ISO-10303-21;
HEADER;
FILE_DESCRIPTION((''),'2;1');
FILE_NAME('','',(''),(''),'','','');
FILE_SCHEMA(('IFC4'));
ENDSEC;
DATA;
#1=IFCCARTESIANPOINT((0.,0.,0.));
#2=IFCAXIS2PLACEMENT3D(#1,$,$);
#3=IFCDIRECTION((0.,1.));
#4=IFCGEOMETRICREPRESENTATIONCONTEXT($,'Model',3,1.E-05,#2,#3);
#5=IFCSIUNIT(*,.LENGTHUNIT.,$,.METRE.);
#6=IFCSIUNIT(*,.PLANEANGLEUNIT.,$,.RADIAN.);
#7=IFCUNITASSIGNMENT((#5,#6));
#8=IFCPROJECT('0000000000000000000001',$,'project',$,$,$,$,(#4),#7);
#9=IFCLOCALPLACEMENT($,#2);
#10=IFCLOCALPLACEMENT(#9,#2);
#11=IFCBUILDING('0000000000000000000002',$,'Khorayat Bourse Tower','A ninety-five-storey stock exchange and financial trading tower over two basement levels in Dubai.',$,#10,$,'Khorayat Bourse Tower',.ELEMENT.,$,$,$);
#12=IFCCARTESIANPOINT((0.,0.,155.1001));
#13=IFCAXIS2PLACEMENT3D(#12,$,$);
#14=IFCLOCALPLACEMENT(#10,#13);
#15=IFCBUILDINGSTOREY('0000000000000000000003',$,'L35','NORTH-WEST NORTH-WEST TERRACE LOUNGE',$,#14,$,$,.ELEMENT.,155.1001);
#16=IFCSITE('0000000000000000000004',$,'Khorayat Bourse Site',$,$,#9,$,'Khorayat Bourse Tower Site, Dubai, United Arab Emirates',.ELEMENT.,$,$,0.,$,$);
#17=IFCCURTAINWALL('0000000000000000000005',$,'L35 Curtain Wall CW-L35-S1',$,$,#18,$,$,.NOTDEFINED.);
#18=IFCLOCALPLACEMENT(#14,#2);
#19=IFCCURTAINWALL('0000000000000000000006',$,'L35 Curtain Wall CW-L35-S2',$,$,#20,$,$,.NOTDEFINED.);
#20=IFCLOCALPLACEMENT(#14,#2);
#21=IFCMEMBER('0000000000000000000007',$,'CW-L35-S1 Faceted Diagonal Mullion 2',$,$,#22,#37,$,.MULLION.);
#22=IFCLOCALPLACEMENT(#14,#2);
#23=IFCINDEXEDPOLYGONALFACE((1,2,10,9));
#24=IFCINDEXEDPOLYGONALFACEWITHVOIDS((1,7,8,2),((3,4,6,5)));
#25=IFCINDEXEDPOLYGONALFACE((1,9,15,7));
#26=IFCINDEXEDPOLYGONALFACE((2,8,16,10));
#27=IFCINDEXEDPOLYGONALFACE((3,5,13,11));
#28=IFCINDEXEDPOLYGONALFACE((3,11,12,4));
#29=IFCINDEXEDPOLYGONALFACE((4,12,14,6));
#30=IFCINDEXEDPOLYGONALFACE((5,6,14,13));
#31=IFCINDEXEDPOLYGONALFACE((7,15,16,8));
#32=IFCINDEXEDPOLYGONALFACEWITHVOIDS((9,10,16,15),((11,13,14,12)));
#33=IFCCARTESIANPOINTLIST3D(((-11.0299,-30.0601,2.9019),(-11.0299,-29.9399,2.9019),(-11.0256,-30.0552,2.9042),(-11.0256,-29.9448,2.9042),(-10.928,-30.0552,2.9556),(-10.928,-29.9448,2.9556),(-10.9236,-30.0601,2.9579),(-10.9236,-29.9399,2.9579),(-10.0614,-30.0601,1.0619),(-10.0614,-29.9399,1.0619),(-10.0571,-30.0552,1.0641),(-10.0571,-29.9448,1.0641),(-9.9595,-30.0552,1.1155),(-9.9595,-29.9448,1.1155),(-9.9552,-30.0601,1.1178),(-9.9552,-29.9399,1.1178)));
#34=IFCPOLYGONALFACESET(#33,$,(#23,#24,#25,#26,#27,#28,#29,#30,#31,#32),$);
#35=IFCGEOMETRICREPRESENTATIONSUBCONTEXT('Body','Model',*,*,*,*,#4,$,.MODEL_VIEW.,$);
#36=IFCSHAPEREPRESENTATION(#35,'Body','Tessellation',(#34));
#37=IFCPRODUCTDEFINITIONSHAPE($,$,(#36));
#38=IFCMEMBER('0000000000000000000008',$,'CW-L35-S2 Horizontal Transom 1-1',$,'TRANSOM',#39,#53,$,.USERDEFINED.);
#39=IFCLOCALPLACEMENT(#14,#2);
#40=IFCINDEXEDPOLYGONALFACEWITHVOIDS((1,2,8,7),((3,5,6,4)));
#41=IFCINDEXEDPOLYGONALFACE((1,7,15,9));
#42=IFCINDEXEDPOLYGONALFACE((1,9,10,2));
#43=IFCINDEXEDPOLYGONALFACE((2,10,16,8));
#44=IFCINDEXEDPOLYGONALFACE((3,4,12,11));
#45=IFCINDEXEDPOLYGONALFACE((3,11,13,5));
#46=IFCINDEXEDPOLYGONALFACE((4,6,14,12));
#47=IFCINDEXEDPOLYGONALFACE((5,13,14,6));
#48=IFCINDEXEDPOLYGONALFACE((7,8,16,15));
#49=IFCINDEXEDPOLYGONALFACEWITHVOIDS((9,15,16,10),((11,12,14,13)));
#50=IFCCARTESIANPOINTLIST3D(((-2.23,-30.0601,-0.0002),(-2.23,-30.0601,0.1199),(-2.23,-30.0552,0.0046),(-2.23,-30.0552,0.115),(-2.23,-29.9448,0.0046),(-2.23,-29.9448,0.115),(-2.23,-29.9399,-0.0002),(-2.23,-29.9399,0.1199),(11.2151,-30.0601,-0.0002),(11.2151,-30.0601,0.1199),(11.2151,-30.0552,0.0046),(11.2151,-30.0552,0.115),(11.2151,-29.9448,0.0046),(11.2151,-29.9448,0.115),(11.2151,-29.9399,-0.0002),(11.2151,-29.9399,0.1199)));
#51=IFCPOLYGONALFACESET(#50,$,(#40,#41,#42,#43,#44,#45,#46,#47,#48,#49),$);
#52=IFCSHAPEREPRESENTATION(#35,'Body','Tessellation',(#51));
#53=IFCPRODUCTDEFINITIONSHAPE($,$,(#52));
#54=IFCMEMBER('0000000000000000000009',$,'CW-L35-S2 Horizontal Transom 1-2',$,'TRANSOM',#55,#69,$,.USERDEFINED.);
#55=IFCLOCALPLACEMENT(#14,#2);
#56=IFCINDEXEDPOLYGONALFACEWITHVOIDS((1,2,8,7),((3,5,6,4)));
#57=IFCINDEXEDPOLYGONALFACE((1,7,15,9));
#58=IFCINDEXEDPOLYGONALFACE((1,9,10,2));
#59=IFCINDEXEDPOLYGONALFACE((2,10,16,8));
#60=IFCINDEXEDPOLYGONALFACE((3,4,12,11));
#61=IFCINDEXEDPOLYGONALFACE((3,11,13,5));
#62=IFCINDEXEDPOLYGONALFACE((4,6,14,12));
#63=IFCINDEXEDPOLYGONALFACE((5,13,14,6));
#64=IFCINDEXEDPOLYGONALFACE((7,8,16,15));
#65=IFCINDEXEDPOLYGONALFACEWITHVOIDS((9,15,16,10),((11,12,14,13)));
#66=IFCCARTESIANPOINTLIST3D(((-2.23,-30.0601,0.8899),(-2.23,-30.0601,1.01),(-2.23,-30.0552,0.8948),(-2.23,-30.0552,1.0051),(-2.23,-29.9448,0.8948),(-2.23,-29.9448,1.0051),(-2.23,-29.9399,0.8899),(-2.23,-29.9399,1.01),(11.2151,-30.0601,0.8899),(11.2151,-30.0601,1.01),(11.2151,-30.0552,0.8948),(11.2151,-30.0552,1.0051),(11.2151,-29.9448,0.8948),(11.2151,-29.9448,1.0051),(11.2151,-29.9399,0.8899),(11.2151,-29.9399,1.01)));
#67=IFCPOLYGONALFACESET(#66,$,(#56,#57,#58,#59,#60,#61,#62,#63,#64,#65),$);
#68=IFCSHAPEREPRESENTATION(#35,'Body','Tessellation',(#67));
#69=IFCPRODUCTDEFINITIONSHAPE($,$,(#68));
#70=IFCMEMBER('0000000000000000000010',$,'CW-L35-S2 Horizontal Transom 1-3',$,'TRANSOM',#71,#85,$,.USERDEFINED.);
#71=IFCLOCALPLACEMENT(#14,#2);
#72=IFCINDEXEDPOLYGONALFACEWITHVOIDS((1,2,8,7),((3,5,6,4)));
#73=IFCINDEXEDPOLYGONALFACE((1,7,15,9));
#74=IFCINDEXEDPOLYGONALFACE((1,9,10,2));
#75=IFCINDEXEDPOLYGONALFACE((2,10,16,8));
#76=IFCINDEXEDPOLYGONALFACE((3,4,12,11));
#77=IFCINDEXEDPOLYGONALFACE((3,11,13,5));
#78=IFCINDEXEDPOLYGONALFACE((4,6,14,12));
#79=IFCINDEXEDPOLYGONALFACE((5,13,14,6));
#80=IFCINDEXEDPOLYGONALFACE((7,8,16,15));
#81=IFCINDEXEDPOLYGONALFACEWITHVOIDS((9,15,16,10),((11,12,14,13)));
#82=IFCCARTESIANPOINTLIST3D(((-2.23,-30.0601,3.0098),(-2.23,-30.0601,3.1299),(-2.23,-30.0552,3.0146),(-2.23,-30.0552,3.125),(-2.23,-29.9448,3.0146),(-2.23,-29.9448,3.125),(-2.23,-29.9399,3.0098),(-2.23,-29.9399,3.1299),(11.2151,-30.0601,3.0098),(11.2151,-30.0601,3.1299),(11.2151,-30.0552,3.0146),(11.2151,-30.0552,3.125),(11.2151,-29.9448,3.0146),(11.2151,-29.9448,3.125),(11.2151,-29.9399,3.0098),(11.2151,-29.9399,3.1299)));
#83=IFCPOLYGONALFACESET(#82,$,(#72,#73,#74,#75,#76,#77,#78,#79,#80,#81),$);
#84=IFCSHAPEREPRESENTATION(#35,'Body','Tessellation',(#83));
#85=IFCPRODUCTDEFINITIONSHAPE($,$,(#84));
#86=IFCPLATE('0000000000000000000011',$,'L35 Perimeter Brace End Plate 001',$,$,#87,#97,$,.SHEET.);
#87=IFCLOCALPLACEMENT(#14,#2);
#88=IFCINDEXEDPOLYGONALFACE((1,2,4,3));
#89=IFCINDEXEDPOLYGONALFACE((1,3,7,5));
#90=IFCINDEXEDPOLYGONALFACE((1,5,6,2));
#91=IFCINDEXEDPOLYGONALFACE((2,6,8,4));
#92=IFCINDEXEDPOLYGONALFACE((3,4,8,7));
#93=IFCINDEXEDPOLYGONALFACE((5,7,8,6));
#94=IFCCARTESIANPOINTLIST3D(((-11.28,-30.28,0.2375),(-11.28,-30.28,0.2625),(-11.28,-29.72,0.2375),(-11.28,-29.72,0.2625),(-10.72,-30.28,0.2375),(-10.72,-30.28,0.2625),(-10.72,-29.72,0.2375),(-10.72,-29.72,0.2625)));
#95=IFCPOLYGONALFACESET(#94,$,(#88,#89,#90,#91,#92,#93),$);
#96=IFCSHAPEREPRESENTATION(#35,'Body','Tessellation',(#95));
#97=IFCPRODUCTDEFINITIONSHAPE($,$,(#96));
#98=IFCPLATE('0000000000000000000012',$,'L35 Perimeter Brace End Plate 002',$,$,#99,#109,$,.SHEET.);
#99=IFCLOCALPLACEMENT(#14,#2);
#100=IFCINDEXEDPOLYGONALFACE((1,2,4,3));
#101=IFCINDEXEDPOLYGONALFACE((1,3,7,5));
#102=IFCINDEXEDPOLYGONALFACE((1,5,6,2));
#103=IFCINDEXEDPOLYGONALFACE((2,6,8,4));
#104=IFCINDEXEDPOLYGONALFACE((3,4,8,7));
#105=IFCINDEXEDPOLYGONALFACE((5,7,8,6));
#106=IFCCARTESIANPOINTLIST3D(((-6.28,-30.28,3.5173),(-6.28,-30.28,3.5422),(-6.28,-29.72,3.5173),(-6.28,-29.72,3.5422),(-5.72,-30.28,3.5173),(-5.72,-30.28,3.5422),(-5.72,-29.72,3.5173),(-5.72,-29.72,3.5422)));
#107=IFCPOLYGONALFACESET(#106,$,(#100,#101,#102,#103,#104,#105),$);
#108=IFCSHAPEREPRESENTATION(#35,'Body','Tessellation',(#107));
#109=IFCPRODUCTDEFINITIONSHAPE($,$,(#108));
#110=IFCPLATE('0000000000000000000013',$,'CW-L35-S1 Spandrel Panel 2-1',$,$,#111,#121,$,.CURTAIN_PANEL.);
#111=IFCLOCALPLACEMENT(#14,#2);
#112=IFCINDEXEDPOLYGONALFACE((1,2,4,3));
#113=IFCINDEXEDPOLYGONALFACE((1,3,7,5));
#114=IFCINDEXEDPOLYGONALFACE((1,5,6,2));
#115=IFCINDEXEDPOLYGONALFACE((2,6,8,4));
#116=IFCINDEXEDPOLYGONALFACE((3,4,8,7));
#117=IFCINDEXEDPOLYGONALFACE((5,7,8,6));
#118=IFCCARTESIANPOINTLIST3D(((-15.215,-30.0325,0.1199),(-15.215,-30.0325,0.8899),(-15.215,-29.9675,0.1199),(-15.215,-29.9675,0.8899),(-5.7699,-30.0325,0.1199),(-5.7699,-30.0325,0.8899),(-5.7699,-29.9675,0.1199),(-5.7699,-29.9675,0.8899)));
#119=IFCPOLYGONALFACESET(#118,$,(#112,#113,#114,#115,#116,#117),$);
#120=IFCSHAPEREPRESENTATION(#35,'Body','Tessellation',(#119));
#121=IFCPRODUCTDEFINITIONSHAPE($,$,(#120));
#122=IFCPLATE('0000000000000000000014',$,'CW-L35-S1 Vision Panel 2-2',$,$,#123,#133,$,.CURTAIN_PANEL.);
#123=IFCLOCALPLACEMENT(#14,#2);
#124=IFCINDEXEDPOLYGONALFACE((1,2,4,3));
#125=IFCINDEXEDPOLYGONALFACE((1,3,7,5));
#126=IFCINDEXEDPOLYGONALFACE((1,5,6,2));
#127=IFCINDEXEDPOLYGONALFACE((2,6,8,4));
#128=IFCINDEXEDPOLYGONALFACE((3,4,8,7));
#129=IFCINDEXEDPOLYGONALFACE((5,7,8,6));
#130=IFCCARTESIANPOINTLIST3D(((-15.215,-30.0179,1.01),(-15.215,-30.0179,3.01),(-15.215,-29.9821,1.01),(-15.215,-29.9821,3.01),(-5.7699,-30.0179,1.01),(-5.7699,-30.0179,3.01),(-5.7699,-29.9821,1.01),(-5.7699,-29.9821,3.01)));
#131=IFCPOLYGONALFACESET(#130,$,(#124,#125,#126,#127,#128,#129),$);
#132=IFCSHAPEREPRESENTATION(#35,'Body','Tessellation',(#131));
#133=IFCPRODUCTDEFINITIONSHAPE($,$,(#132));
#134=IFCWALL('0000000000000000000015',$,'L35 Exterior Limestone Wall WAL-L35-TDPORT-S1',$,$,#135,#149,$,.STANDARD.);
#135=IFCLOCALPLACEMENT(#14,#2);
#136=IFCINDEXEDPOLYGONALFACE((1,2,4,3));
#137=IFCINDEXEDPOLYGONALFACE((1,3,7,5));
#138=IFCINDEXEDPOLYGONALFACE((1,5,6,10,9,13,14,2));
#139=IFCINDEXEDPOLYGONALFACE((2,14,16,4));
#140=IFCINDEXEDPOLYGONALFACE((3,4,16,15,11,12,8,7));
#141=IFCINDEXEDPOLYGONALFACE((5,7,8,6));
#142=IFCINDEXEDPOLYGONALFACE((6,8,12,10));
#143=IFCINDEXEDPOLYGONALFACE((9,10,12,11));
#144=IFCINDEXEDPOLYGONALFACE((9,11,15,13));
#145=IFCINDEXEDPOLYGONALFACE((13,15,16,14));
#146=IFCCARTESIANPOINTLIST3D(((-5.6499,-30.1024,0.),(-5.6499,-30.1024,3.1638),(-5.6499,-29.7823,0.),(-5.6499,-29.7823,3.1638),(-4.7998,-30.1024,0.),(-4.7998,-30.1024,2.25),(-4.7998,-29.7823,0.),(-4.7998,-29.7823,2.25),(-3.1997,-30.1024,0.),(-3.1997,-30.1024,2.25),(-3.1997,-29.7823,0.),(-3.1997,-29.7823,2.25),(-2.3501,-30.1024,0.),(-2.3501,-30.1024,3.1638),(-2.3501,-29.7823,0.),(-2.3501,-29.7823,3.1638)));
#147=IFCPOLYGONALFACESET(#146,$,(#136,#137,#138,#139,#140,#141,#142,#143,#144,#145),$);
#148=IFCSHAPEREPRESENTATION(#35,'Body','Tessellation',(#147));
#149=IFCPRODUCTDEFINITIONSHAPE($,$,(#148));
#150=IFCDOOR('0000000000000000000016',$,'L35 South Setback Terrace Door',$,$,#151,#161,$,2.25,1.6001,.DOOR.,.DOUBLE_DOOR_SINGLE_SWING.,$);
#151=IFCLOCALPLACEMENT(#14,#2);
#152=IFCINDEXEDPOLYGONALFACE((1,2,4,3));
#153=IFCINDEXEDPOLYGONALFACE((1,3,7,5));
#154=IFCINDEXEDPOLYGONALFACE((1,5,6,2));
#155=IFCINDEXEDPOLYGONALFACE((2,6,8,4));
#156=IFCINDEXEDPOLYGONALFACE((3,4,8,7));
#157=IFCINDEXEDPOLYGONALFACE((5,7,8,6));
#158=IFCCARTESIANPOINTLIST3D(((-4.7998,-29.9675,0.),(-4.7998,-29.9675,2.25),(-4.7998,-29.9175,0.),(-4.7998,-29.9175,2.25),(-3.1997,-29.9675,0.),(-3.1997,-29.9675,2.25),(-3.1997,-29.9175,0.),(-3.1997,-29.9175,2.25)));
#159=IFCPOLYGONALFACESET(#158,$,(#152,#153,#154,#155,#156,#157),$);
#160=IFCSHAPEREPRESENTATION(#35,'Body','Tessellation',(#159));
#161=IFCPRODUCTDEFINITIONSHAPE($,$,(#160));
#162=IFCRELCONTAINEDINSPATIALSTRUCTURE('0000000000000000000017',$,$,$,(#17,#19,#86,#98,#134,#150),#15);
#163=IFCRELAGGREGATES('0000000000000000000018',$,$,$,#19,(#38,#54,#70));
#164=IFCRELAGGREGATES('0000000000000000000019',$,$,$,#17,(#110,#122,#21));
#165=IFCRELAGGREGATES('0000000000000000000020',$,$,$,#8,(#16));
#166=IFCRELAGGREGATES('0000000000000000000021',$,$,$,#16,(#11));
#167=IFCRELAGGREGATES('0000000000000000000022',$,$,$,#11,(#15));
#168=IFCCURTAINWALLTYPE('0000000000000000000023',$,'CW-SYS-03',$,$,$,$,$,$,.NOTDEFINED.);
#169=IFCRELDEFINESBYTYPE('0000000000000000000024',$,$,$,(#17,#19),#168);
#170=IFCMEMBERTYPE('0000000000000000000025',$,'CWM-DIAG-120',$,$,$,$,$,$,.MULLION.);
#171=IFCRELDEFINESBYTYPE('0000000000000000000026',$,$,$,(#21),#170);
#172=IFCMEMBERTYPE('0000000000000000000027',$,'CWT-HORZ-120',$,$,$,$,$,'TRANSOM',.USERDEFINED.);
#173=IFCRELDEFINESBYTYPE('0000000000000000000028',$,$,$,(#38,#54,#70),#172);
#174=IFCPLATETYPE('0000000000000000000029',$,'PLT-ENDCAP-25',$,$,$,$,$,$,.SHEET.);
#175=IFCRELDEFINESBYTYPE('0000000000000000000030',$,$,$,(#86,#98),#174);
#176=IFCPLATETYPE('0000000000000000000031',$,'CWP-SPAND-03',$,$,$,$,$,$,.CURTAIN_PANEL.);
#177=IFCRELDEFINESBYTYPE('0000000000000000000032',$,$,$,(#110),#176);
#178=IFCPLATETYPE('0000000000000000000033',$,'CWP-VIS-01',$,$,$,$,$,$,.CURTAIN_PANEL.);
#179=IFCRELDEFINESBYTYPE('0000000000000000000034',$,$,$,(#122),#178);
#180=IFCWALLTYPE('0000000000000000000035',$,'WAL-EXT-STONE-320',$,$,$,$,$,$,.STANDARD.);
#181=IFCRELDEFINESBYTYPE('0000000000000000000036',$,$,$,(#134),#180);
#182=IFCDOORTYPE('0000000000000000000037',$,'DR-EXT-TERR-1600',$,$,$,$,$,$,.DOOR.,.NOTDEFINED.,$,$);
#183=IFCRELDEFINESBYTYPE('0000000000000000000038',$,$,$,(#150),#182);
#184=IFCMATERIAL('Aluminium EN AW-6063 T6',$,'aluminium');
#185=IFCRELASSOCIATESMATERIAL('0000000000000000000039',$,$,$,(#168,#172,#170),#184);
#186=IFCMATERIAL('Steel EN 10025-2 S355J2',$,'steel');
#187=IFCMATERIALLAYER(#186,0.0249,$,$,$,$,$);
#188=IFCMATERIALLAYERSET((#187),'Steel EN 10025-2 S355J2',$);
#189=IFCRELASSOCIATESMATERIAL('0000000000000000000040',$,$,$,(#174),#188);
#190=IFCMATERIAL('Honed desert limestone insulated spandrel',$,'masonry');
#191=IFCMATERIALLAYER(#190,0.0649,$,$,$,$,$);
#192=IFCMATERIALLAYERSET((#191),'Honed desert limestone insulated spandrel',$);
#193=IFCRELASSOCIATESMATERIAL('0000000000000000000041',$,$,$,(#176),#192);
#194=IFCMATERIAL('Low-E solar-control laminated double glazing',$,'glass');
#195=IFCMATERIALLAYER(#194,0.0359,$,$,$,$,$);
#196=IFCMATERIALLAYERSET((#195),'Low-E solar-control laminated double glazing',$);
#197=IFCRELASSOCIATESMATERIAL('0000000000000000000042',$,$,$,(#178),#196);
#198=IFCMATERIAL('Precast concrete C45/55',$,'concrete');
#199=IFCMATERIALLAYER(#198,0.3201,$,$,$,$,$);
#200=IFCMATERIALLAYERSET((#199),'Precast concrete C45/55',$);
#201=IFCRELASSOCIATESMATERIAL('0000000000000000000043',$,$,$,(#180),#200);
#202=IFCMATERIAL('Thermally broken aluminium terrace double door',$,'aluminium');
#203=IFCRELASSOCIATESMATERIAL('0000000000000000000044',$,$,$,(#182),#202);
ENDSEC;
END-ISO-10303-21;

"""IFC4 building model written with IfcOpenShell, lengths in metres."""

from ifc_helpers import new_model, si_unit, direction, frame, frame_2d, origin, origin_2d, place, context, subcontext, project, spatial, rectangle, hollow_rectangle, extrude, source, transform, mapped, material, layer, layer_set, material_profile, profile_set, type_object, element, fill, aggregate, save


model = new_model("IFC4")

# Units and contexts
model_context = context("Model", 3, precision=1e-05, world=origin(), true_north=direction((0.0, 1.0)))
body_context = subcontext(model_context, "Body", "Model", "MODEL_VIEW")
ifc_project = project(units=[si_unit("LENGTHUNIT", "METRE"), si_unit("PLANEANGLEUNIT", "RADIAN")], contexts=[model_context])

# Site, building, storey
site_placement = place(None, origin())
site = spatial("IfcSite", under=ifc_project, at=site_placement, Name="Khorayat Bourse Site", LongName="Khorayat Bourse Tower Site, Dubai, United Arab Emirates", CompositionType="ELEMENT", RefElevation=0.0)
building_placement = place(site_placement, origin())
building = spatial("IfcBuilding", under=site, at=building_placement, Name="Khorayat Bourse Tower", Description="A ninety-five-storey stock exchange and financial trading tower over two basement levels in Dubai.", LongName="Khorayat Bourse Tower", CompositionType="ELEMENT")
storey_placement = place(building_placement, frame((0.0, 0.0, 155.1001)))
storey = spatial("IfcBuildingStorey", under=building, at=storey_placement, Name="L35", Description="NORTH-WEST NORTH-WEST TERRACE LOUNGE", CompositionType="ELEMENT", Elevation=155.1001)

# Curtain wall
ifc_material_1 = material(Name="Aluminium EN AW-6063 T6", Category="aluminium")
curtain_wall_type = type_object("IfcCurtainWallType", Name="CW-SYS-03", PredefinedType="NOTDEFINED", material=ifc_material_1)
curtain_wall_1_placement = place(storey_placement, origin())
curtain_wall_1 = element("IfcCurtainWall", 1, at=curtain_wall_1_placement, inside=storey, type_object=curtain_wall_type, Name="L35 Curtain Wall CW-L35-S1", PredefinedType="NOTDEFINED")

# Curtain wall
curtain_wall_2_placement = place(storey_placement, origin())
curtain_wall_2 = element("IfcCurtainWall", 2, at=curtain_wall_2_placement, inside=storey, type_object=curtain_wall_type, Name="L35 Curtain Wall CW-L35-S2", PredefinedType="NOTDEFINED")

# Members
ifc_material_profile_1 = material_profile(ifc_material_1, hollow_rectangle(XDim=0.1201, YDim=0.1201, WallThickness=0.0049, at=origin_2d()), Name="ALU 120x120x5")
ifc_profile_set_1 = profile_set([ifc_material_profile_1], Name="Aluminium EN AW-6063 T6")
member_type_1 = type_object("IfcMemberType", Name="CWT-HORZ-120", ElementType="TRANSOM", PredefinedType="USERDEFINED", material=ifc_profile_set_1)
ifc_material_profile_2 = material_profile(ifc_material_1, hollow_rectangle(XDim=0.1201, YDim=0.1201, WallThickness=0.0049, at=origin_2d()), Name="ALU 120x120x5")
ifc_profile_set_2 = profile_set([ifc_material_profile_2], Name="Aluminium EN AW-6063 T6")
member_type_2 = type_object("IfcMemberType", Name="CWM-DIAG-120", PredefinedType="MULLION", material=ifc_profile_set_2)
shared_shape_1 = source(origin(), body_context, "Body", "SweptSolid", [
    extrude(hollow_rectangle(XDim=0.1201, YDim=0.1201, WallThickness=0.0049, at=origin_2d()), origin(), (0.0, 0.0, 1.0), 2.0793),
])
member_1_placement = place(storey_placement, frame((-10.0083, -30.0, 1.0898), z_axis=(-0.465761, 0.0, 0.884911), x_axis=(0.0, -1.0, 0.0)))
member_1 = element("IfcMember", 3, at=member_1_placement, type_object=member_type_2, Name="CW-L35-S1 Faceted Diagonal Mullion 2", PredefinedType="MULLION", context=body_context, shape_type="MappedRepresentation", body=[
    mapped(shared_shape_1, transform((0.0, 0.0, 0.0), scale=1.0)),
])
shared_shape_2 = source(origin(), body_context, "Body", "SweptSolid", [
    extrude(hollow_rectangle(XDim=0.1201, YDim=0.1201, WallThickness=0.0049, at=origin_2d()), origin(), (0.0, 0.0, 1.0), 13.4451),
])
member_2_placement = place(storey_placement, frame((-2.23, -30.0, 0.0598), z_axis=(1.0, 0.0, 0.0), x_axis=(0.0, 1.0, 0.0)))
member_2 = element("IfcMember", 4, at=member_2_placement, type_object=member_type_1, Name="CW-L35-S2 Horizontal Transom 1-1", ObjectType="TRANSOM", PredefinedType="USERDEFINED", context=body_context, shape_type="MappedRepresentation", body=[
    mapped(shared_shape_2, transform((0.0, 0.0, 0.0), scale=1.0)),
])
member_3_placement = place(storey_placement, frame((-2.23, -30.0, 0.95), z_axis=(1.0, 0.0, 0.0), x_axis=(0.0, 1.0, 0.0)))
member_3 = element("IfcMember", 5, at=member_3_placement, type_object=member_type_1, Name="CW-L35-S2 Horizontal Transom 1-2", ObjectType="TRANSOM", PredefinedType="USERDEFINED", context=body_context, shape_type="MappedRepresentation", body=[
    mapped(shared_shape_2, transform((0.0, 0.0, 0.0), scale=1.0)),
])
member_4_placement = place(storey_placement, frame((-2.23, -30.0, 3.0698), z_axis=(1.0, 0.0, 0.0), x_axis=(0.0, 1.0, 0.0)))
member_4 = element("IfcMember", 6, at=member_4_placement, type_object=member_type_1, Name="CW-L35-S2 Horizontal Transom 1-3", ObjectType="TRANSOM", PredefinedType="USERDEFINED", context=body_context, shape_type="MappedRepresentation", body=[
    mapped(shared_shape_2, transform((0.0, 0.0, 0.0), scale=1.0)),
])
aggregate(curtain_wall_2, [member_2, member_3, member_4])

# Plates
ifc_material_2 = material(Name="Steel EN 10025-2 S355J2", Category="steel")
ifc_layer_1 = layer(ifc_material_2, 0.0249)
ifc_layer_set_1 = layer_set([ifc_layer_1], Name="Steel EN 10025-2 S355J2")
plate_type_1 = type_object("IfcPlateType", Name="PLT-ENDCAP-25", PredefinedType="SHEET", material=ifc_layer_set_1)
shared_shape_3 = source(origin(), body_context, "Body", "SweptSolid", [
    extrude(rectangle(XDim=0.5601, YDim=0.5601, at=origin_2d()), origin(), (0.0, 0.0, 1.0), 0.0249),
])
for number, where, z_axis, x_axis, name in (
    (7, (-11.0, -30.0, 0.2375), (0.0, 0.0, 1.0), (1.0, 0.0, 0.0), "L35 Perimeter Brace End Plate 001"),
    (8, (-6.0, -30.0, 3.5173), (0.0, 0.0, 1.0), (1.0, 0.0, 0.0), "L35 Perimeter Brace End Plate 002"),
):
    element("IfcPlate", number, at=place(storey_placement, frame(where, z_axis=z_axis, x_axis=x_axis)), inside=storey, type_object=plate_type_1, Name=name, PredefinedType="SHEET", context=body_context, shape_type="MappedRepresentation", body=[
        mapped(shared_shape_3, transform((0.0, 0.0, 0.0), scale=1.0)),
    ])

# Plates
ifc_material_3 = material(Name="Honed desert limestone insulated spandrel", Category="masonry")
ifc_layer_2 = layer(ifc_material_3, 0.0649)
ifc_layer_set_2 = layer_set([ifc_layer_2], Name="Honed desert limestone insulated spandrel")
plate_type_2 = type_object("IfcPlateType", Name="CWP-SPAND-03", PredefinedType="CURTAIN_PANEL", material=ifc_layer_set_2)
shared_shape_4 = source(origin(), body_context, "Body", "SweptSolid", [
    extrude(rectangle(XDim=9.4451, YDim=0.0649, at=origin_2d()), origin(), (0.0, 0.0, 1.0), 0.77),
])
plate_1_placement = place(storey_placement, frame((-10.4924, -30.0, 0.1199), z_axis=(0.0, 0.0, 1.0), x_axis=(1.0, 0.0, 0.0)))
plate_1 = element("IfcPlate", 9, at=plate_1_placement, type_object=plate_type_2, Name="CW-L35-S1 Spandrel Panel 2-1", PredefinedType="CURTAIN_PANEL", context=body_context, shape_type="MappedRepresentation", body=[
    mapped(shared_shape_4, transform((0.0, 0.0, 0.0), scale=1.0)),
])
ifc_material_4 = material(Name="Low-E solar-control laminated double glazing", Category="glass")
ifc_layer_3 = layer(ifc_material_4, 0.0359)
ifc_layer_set_3 = layer_set([ifc_layer_3], Name="Low-E solar-control laminated double glazing")
plate_type_3 = type_object("IfcPlateType", Name="CWP-VIS-01", PredefinedType="CURTAIN_PANEL", material=ifc_layer_set_3)
shared_shape_5 = source(origin(), body_context, "Body", "SweptSolid", [
    extrude(rectangle(XDim=9.4451, YDim=0.0359, at=origin_2d()), origin(), (0.0, 0.0, 1.0), 2.0),
])
plate_2_placement = place(storey_placement, frame((-10.4924, -30.0, 1.01), z_axis=(0.0, 0.0, 1.0), x_axis=(1.0, 0.0, 0.0)))
plate_2 = element("IfcPlate", 10, at=plate_2_placement, type_object=plate_type_3, Name="CW-L35-S1 Vision Panel 2-2", PredefinedType="CURTAIN_PANEL", context=body_context, shape_type="MappedRepresentation", body=[
    mapped(shared_shape_5, transform((0.0, 0.0, 0.0), scale=1.0)),
])
aggregate(curtain_wall_1, [plate_1, plate_2, member_1])

# Wall, opening, door
ifc_material_5 = material(Name="Precast concrete C45/55", Category="concrete")
ifc_layer_4 = layer(ifc_material_5, 0.3201)
ifc_layer_set_4 = layer_set([ifc_layer_4], Name="Precast concrete C45/55")
wall_type_1 = type_object("IfcWallType", Name="WAL-EXT-STONE-320", PredefinedType="STANDARD", material=ifc_layer_set_4)
shared_shape_6 = source(origin(), body_context, "Body", "SweptSolid", [
    extrude(rectangle(XDim=3.2998, YDim=0.3201, at=frame_2d((1.6499, 0.0))), origin(), (0.0, 0.0, 1.0), 3.1638),
])
wall_1_placement = place(storey_placement, frame((-5.6499, -29.9424, 0.0), z_axis=(0.0, 0.0, 1.0), x_axis=(1.0, 0.0, 0.0)))
wall_1 = element("IfcWall", 11, at=wall_1_placement, inside=storey, type_object=wall_type_1, Name="L35 Exterior Limestone Wall WAL-L35-TDPORT-S1", PredefinedType="STANDARD", context=body_context, shape_type="MappedRepresentation", body=[
    mapped(shared_shape_6, transform((0.0, 0.0, 0.0), scale=1.0)),
])
shared_shape_7 = source(origin(), body_context, "Body", "SweptSolid", [
    extrude(rectangle(XDim=1.6001, YDim=2.25, at=frame_2d((0.8, 1.125))), frame((0.0, 0.1699, 0.0), z_axis=(0.0, -1.0, 0.0), x_axis=(1.0, 0.0, 0.0)), (0.0, 0.0, 1.0), 0.3401),
])
opening_1_placement = place(wall_1_placement, frame((0.8501, 0.0, 0.0)))
opening_1 = element("IfcOpeningElement", 12, at=opening_1_placement, cuts=wall_1, PredefinedType="OPENING", context=body_context, shape_type="MappedRepresentation", body=[
    mapped(shared_shape_7, transform((0.0, 0.0, 0.0), scale=1.0)),
])
ifc_material_6 = material(Name="Thermally broken aluminium terrace double door", Category="aluminium")
door_type_1 = type_object("IfcDoorType", Name="DR-EXT-TERR-1600", OperationType="NOTDEFINED", PredefinedType="DOOR", material=ifc_material_6)
shared_shape_8 = source(origin(), body_context, "Body", "SweptSolid", [
    extrude(rectangle(XDim=1.6001, YDim=2.25, at=frame_2d((0.8, 1.125))), frame((0.0, 0.0249, 0.0), z_axis=(0.0, -1.0, 0.0), x_axis=(1.0, 0.0, 0.0)), (0.0, 0.0, 1.0), 0.05),
])
door_1_placement = place(opening_1_placement, origin())
door_1 = element("IfcDoor", 13, at=door_1_placement, inside=storey, type_object=door_type_1, Name="L35 South Setback Terrace Door", OperationType="DOUBLE_DOOR_SINGLE_SWING", OverallHeight=2.25, OverallWidth=1.6001, PredefinedType="DOOR", context=body_context, shape_type="MappedRepresentation", body=[
    mapped(shared_shape_8, transform((0.0, 0.0, 0.0), scale=1.0)),
])
fill(opening_1, door_1)

save(model, "model.ifc")
